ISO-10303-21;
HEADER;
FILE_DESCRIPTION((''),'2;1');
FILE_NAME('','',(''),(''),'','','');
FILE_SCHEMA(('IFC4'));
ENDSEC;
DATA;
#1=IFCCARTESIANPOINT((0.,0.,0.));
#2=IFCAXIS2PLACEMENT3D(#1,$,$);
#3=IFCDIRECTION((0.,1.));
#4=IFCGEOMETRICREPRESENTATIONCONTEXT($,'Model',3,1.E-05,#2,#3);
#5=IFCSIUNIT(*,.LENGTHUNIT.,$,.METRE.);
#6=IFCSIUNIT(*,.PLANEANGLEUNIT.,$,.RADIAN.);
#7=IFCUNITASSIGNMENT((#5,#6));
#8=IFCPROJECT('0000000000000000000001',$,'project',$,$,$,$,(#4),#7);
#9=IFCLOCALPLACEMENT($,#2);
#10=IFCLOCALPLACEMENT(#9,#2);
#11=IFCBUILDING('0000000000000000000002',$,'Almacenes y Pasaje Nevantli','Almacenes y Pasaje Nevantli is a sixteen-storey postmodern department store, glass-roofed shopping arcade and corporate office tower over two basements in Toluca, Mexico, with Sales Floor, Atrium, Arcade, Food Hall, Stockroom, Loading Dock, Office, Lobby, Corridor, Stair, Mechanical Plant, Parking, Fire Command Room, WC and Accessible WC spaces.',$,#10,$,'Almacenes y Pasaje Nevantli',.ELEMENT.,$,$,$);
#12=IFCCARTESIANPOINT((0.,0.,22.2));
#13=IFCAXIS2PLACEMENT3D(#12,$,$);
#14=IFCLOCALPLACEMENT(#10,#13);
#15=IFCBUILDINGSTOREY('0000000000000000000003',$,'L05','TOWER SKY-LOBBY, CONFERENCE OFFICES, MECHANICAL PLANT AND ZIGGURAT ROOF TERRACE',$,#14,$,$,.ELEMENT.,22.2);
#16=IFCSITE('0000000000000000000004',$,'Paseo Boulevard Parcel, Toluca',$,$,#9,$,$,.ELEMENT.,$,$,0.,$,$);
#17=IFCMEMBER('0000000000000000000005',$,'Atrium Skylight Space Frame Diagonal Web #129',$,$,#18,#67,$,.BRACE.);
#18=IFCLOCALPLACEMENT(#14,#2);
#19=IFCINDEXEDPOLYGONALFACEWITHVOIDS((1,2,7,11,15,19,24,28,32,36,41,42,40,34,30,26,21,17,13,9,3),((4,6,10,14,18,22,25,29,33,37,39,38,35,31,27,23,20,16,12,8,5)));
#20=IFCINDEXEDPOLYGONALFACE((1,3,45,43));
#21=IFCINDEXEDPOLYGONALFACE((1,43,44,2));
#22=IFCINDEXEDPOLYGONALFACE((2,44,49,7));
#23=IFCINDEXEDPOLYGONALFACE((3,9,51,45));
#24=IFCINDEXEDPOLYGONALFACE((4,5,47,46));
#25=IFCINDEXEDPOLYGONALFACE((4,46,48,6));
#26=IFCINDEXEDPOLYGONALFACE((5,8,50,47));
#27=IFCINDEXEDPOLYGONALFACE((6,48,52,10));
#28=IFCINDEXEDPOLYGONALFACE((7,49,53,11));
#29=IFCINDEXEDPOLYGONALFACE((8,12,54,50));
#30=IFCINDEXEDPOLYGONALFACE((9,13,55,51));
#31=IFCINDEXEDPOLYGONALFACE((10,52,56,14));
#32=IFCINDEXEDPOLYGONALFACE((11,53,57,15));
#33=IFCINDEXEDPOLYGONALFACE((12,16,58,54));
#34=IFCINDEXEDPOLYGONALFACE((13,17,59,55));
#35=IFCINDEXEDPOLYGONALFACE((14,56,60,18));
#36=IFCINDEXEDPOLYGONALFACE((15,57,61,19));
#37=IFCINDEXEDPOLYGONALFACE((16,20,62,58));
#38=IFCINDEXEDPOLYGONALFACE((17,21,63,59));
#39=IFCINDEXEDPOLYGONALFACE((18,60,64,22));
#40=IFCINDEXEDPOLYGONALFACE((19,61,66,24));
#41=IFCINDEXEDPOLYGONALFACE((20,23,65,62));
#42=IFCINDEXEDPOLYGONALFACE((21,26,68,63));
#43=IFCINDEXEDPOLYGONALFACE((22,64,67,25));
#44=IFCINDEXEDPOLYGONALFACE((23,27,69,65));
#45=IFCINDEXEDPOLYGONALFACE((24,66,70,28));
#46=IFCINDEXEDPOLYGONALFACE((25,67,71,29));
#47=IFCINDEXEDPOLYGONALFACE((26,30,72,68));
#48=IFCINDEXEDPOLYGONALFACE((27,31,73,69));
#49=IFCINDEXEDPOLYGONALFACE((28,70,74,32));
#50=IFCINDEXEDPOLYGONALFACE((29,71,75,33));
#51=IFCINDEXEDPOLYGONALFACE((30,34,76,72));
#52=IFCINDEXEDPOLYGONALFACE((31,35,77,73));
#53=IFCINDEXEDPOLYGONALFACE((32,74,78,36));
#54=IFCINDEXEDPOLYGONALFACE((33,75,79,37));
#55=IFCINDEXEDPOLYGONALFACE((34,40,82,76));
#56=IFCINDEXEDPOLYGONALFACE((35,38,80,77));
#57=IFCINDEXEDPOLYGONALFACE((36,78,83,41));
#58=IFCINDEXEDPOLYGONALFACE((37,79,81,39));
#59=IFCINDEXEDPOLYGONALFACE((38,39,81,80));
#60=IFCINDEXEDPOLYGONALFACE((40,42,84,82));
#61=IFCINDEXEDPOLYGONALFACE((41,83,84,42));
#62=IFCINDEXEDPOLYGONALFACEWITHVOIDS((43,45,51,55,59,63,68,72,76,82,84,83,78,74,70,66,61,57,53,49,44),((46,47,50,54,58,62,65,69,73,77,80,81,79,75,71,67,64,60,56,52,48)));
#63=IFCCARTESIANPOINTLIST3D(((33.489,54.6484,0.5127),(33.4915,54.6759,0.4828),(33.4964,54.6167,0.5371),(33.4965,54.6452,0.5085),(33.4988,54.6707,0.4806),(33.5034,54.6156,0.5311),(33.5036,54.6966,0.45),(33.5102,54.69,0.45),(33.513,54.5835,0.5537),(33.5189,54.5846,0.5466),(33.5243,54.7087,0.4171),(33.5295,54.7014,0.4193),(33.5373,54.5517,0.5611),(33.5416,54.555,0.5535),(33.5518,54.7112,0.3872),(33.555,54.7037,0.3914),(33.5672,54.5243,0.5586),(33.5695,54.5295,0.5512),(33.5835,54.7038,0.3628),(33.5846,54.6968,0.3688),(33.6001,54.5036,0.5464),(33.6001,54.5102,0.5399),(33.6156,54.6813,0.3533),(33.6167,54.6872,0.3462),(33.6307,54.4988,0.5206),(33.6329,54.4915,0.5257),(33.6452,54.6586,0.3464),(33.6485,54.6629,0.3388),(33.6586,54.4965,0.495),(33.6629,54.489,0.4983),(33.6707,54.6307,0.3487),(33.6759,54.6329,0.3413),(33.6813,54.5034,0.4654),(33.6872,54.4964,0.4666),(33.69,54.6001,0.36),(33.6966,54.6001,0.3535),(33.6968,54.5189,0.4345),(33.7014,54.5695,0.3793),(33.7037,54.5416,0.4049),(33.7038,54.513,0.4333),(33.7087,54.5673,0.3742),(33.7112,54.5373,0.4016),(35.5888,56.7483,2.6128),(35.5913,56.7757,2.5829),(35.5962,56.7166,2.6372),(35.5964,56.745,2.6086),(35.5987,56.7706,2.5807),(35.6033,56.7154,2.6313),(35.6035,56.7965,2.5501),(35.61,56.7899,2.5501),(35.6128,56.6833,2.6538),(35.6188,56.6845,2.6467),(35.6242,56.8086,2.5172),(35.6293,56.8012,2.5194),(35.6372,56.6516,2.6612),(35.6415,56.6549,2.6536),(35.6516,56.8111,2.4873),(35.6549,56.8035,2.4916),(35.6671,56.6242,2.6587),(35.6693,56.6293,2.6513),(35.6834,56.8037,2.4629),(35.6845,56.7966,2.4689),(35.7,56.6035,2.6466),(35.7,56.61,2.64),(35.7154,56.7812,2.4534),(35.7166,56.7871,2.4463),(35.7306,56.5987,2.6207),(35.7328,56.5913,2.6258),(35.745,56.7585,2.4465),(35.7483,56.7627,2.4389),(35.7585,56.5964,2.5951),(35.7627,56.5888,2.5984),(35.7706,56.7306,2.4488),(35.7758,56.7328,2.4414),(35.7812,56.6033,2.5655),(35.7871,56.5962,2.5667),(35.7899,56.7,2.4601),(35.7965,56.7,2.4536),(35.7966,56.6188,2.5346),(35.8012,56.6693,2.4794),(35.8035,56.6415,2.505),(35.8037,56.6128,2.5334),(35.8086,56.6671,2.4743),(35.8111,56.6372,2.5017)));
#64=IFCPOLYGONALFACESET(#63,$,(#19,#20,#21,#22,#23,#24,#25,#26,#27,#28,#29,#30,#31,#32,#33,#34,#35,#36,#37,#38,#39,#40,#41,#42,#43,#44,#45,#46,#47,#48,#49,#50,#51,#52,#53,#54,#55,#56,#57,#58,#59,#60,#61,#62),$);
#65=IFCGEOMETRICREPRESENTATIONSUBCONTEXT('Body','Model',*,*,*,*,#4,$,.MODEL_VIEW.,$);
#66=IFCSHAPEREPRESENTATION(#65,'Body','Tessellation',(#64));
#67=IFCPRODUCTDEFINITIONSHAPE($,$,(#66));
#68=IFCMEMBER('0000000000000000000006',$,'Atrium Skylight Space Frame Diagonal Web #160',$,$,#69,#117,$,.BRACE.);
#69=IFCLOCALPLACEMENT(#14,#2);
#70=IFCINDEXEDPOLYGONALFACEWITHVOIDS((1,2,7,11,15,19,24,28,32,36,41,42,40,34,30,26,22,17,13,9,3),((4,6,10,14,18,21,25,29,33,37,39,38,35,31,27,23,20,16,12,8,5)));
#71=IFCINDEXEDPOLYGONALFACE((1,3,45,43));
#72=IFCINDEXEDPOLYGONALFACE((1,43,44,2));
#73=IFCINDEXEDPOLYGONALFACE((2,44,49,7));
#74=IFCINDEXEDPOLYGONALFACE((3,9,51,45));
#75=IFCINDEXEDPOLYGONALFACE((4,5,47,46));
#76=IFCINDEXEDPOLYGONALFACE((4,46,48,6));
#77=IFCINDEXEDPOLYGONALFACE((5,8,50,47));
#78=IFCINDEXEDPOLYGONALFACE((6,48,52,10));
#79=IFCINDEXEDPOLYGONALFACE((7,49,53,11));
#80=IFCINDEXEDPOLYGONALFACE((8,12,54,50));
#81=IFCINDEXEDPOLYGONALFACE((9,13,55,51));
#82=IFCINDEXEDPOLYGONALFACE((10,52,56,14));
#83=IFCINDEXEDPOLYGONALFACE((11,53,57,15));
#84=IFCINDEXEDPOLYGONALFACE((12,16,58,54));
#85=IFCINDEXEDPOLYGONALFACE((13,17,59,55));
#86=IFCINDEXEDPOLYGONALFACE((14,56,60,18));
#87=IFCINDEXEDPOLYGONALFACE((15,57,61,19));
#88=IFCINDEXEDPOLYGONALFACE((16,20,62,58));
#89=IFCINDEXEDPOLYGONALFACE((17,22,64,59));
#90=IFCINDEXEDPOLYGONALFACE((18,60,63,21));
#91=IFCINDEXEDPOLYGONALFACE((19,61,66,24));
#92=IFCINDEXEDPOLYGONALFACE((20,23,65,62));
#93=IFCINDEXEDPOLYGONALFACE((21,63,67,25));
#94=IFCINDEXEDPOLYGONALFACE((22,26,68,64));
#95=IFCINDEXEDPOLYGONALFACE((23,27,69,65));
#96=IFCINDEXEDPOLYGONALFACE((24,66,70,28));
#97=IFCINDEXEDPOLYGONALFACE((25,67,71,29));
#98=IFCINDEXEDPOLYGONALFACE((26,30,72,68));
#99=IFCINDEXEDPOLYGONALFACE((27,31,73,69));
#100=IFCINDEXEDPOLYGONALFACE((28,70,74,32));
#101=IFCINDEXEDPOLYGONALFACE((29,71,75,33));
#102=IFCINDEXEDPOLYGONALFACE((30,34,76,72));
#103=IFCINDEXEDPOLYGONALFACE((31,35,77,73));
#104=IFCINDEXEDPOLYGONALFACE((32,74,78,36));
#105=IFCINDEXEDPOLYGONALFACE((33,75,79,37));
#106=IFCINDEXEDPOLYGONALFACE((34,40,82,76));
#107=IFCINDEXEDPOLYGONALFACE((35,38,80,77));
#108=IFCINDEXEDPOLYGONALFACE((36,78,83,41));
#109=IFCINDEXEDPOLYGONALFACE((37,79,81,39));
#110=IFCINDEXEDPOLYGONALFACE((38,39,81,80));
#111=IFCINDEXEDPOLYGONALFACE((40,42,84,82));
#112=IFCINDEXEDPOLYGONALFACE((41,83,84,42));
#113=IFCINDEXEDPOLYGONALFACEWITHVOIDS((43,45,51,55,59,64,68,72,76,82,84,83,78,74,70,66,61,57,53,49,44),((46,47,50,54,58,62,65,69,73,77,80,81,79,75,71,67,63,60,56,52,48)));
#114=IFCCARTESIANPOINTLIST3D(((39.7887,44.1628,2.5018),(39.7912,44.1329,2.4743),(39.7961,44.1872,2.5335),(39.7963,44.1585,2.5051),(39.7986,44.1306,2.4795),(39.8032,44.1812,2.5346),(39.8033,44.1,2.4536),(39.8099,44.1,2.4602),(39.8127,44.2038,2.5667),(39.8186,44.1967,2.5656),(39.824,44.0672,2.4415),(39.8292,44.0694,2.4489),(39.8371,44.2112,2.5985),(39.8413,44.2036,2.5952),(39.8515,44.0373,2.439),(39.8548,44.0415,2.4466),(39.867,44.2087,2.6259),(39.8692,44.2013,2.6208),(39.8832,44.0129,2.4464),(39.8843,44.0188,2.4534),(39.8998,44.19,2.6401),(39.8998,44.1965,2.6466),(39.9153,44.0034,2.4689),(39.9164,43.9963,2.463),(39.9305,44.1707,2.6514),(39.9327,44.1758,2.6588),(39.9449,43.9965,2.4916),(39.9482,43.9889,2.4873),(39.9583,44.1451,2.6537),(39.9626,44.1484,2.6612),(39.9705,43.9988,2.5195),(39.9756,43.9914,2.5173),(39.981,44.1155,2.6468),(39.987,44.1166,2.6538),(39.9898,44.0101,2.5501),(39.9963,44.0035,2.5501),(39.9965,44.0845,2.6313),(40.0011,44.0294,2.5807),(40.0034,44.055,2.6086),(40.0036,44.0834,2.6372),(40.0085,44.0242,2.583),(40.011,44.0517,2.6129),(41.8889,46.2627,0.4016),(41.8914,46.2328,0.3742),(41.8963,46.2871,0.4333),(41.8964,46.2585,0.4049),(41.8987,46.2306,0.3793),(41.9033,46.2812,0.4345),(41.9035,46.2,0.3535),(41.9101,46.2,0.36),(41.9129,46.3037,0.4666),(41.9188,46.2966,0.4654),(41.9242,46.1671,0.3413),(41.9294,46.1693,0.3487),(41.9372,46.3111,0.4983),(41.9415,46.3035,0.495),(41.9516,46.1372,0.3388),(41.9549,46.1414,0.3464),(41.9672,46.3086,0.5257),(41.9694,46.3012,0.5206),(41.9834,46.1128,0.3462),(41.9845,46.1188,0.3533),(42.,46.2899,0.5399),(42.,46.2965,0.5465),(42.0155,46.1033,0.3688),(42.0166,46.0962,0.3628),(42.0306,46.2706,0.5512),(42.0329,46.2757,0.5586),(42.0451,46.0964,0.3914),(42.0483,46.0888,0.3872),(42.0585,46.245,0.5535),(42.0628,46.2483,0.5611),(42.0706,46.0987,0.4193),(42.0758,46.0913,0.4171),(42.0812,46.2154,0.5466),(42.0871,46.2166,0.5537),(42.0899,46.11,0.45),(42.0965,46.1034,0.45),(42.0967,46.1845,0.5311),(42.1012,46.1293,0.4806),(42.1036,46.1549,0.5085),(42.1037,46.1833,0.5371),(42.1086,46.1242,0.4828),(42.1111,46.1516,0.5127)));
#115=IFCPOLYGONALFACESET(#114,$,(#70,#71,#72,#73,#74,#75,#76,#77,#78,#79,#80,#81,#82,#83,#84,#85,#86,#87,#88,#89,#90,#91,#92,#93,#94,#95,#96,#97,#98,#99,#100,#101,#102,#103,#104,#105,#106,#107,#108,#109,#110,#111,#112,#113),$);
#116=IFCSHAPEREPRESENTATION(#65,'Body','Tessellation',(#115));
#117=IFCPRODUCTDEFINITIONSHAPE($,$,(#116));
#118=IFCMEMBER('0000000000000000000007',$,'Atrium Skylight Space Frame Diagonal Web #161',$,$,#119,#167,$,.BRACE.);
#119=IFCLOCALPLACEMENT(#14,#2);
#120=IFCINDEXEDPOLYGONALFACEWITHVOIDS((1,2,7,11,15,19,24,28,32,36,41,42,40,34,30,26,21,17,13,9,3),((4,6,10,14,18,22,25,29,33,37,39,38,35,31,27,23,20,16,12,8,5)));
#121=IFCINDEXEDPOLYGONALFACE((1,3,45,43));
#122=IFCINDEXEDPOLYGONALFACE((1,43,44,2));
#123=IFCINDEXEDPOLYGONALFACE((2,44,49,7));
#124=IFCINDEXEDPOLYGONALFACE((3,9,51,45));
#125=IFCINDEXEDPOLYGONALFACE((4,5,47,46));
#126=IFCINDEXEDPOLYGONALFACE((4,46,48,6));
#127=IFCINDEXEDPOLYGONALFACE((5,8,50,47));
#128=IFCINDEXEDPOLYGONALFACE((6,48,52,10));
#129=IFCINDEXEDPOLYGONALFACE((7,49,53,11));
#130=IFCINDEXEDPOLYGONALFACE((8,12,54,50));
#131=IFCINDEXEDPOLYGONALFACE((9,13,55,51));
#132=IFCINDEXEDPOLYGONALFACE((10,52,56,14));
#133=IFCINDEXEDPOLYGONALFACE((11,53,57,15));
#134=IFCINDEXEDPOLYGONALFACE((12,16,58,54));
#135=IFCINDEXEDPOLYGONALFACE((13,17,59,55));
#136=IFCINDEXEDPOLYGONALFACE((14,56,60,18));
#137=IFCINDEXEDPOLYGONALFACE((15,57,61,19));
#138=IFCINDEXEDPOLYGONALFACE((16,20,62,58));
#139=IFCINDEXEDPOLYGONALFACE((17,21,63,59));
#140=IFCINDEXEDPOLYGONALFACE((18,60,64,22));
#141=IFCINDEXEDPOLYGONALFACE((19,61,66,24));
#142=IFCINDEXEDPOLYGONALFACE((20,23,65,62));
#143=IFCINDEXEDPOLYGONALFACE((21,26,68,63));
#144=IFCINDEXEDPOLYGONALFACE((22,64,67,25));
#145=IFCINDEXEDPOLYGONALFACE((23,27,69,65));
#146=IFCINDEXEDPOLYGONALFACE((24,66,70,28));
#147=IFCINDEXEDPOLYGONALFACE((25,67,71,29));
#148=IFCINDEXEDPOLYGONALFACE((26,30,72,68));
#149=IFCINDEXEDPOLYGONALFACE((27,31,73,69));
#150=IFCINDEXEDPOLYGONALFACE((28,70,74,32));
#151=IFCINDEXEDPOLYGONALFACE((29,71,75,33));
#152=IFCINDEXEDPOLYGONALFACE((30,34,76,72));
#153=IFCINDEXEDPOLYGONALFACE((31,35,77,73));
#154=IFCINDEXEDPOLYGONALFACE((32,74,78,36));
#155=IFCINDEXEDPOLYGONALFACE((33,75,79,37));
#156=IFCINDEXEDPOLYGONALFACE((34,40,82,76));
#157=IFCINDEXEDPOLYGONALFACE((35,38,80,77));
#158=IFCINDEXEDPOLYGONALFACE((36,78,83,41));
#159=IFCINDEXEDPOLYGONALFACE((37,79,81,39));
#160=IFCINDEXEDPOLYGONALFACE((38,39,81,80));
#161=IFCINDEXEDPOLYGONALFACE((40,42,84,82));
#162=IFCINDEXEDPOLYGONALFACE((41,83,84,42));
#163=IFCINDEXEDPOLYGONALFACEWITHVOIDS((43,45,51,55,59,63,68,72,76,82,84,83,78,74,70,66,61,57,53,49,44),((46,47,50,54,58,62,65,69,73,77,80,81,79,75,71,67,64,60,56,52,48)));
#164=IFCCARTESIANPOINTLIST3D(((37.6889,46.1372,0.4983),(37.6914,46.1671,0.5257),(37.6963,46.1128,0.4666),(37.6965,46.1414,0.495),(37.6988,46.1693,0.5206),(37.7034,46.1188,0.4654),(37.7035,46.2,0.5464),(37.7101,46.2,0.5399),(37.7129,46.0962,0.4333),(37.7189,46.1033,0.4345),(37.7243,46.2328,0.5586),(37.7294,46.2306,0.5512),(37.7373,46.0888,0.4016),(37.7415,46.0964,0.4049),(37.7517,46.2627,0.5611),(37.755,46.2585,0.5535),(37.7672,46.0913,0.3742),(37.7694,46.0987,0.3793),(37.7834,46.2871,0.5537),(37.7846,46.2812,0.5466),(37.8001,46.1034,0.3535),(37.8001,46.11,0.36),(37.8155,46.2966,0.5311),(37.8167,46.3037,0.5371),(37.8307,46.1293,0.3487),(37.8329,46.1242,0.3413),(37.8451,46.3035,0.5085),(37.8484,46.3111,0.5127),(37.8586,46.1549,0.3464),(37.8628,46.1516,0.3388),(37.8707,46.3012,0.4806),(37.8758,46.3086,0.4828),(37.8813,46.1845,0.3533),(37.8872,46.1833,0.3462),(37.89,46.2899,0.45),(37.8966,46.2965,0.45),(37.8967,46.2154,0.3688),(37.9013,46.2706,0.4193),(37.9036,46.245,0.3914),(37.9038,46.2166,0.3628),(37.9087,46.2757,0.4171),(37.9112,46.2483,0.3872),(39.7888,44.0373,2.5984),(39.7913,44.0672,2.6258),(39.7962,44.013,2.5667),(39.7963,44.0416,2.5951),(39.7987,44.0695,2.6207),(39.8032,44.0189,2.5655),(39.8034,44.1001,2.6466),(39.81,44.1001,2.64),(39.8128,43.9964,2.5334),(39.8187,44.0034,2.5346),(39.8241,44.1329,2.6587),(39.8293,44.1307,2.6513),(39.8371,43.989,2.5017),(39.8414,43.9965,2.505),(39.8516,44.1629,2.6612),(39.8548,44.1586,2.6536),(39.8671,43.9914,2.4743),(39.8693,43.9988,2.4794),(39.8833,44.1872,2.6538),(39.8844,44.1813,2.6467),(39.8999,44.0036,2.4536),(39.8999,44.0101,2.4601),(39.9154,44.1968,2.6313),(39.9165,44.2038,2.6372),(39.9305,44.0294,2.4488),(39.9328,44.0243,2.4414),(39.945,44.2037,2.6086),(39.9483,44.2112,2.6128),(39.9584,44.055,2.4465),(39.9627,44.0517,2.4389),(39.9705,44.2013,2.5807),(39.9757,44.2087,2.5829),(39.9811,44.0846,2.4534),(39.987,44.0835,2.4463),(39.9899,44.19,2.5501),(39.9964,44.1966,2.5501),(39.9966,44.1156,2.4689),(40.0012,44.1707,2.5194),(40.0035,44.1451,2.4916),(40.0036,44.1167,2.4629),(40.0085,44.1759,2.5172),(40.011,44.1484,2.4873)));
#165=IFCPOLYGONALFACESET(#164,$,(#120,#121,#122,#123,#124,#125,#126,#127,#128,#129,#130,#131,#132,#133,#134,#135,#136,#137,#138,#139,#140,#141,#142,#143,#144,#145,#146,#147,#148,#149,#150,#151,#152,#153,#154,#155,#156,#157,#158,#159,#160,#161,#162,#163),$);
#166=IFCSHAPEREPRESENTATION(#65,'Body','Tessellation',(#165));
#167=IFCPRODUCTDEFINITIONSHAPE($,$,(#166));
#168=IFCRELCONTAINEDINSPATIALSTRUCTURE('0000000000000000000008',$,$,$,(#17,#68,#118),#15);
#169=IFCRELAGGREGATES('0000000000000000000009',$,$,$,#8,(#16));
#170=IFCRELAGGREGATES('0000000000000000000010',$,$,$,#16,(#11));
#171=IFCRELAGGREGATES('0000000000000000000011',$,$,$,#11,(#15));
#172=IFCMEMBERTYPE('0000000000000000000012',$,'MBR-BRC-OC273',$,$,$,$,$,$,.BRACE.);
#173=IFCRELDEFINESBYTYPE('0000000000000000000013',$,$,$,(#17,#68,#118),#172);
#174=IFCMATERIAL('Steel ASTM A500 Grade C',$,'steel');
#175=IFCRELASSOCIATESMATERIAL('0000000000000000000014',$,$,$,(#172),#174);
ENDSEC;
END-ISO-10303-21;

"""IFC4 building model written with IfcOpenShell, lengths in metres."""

from ifc_helpers import new_model, si_unit, direction, frame, origin, origin_2d, place, context, subcontext, project, spatial, hollow_circle, extrude, material, material_profile, profile_set, type_object, element, save


model = new_model("IFC4")

# Units and contexts
model_context = context("Model", 3, precision=1e-05, world=origin(), true_north=direction((0.0, 1.0)))
body_context = subcontext(model_context, "Body", "Model", "MODEL_VIEW")
ifc_project = project(units=[si_unit("LENGTHUNIT", "METRE"), si_unit("PLANEANGLEUNIT", "RADIAN")], contexts=[model_context])

# Site, building, storey
site_placement = place(None, origin())
site = spatial("IfcSite", under=ifc_project, at=site_placement, Name="Paseo Boulevard Parcel, Toluca", CompositionType="ELEMENT", RefElevation=0.0)
building_placement = place(site_placement, origin())
building = spatial("IfcBuilding", under=site, at=building_placement, Name="Almacenes y Pasaje Nevantli", Description="Almacenes y Pasaje Nevantli is a sixteen-storey postmodern department store, glass-roofed shopping arcade and corporate office tower over two basements in Toluca, Mexico, with Sales Floor, Atrium, Arcade, Food Hall, Stockroom, Loading Dock, Office, Lobby, Corridor, Stair, Mechanical Plant, Parking, Fire Command Room, WC and Accessible WC spaces.", LongName="Almacenes y Pasaje Nevantli", CompositionType="ELEMENT")
storey_placement = place(building_placement, frame((0.0, 0.0, 22.2)))
storey = spatial("IfcBuildingStorey", under=building, at=storey_placement, Name="L05", Description="TOWER SKY-LOBBY, CONFERENCE OFFICES, MECHANICAL PLANT AND ZIGGURAT ROOF TERRACE", CompositionType="ELEMENT", Elevation=22.2)

# Members
ifc_material_1 = material(Name="Steel ASTM A500 Grade C", Category="steel")
ifc_material_profile_1 = material_profile(ifc_material_1, hollow_circle(Radius=0.1365, WallThickness=0.0093, at=origin_2d()), Name="OC 273x9.3")
ifc_profile_set_1 = profile_set([ifc_material_profile_1], Name="Steel ASTM A500 Grade C")
member_type_1 = type_object("IfcMemberType", Name="MBR-BRC-OC273", PredefinedType="BRACE", material=ifc_profile_set_1)
member_1_placement = place(storey_placement, frame((33.6001, 54.6001, 0.45), z_axis=(0.577328, 0.577328, 0.577395), x_axis=(-0.707107, 0.707107, 0.0)))
element("IfcMember", 1, at=member_1_placement, inside=storey, type_object=member_type_1, Name="Atrium Skylight Space Frame Diagonal Web #129", PredefinedType="BRACE", context=body_context, shape_type="SweptSolid", body=[
    extrude(hollow_circle(Radius=0.1365, WallThickness=0.0093, at=origin_2d()), origin(), (0.0, 0.0, 1.0), 3.6372),
])
member_2_placement = place(storey_placement, frame((42.0, 46.2, 0.45), z_axis=(-0.577373, -0.577306, 0.577373), x_axis=(0.707066, -0.707148, 0.0)))
element("IfcMember", 2, at=member_2_placement, inside=storey, type_object=member_type_1, Name="Atrium Skylight Space Frame Diagonal Web #160", PredefinedType="BRACE", context=body_context, shape_type="SweptSolid", body=[
    extrude(hollow_circle(Radius=0.1365, WallThickness=0.0093, at=origin_2d()), origin(), (0.0, 0.0, 1.0), 3.6375),
])
member_3_placement = place(storey_placement, frame((37.8, 46.2, 0.45), z_axis=(0.577328, -0.577328, 0.577395), x_axis=(0.707107, 0.707107, 0.0)))
element("IfcMember", 3, at=member_3_placement, inside=storey, type_object=member_type_1, Name="Atrium Skylight Space Frame Diagonal Web #161", PredefinedType="BRACE", context=body_context, shape_type="SweptSolid", body=[
    extrude(hollow_circle(Radius=0.1365, WallThickness=0.0093, at=origin_2d()), origin(), (0.0, 0.0, 1.0), 3.6372),
])

save(model, "model.ifc")
